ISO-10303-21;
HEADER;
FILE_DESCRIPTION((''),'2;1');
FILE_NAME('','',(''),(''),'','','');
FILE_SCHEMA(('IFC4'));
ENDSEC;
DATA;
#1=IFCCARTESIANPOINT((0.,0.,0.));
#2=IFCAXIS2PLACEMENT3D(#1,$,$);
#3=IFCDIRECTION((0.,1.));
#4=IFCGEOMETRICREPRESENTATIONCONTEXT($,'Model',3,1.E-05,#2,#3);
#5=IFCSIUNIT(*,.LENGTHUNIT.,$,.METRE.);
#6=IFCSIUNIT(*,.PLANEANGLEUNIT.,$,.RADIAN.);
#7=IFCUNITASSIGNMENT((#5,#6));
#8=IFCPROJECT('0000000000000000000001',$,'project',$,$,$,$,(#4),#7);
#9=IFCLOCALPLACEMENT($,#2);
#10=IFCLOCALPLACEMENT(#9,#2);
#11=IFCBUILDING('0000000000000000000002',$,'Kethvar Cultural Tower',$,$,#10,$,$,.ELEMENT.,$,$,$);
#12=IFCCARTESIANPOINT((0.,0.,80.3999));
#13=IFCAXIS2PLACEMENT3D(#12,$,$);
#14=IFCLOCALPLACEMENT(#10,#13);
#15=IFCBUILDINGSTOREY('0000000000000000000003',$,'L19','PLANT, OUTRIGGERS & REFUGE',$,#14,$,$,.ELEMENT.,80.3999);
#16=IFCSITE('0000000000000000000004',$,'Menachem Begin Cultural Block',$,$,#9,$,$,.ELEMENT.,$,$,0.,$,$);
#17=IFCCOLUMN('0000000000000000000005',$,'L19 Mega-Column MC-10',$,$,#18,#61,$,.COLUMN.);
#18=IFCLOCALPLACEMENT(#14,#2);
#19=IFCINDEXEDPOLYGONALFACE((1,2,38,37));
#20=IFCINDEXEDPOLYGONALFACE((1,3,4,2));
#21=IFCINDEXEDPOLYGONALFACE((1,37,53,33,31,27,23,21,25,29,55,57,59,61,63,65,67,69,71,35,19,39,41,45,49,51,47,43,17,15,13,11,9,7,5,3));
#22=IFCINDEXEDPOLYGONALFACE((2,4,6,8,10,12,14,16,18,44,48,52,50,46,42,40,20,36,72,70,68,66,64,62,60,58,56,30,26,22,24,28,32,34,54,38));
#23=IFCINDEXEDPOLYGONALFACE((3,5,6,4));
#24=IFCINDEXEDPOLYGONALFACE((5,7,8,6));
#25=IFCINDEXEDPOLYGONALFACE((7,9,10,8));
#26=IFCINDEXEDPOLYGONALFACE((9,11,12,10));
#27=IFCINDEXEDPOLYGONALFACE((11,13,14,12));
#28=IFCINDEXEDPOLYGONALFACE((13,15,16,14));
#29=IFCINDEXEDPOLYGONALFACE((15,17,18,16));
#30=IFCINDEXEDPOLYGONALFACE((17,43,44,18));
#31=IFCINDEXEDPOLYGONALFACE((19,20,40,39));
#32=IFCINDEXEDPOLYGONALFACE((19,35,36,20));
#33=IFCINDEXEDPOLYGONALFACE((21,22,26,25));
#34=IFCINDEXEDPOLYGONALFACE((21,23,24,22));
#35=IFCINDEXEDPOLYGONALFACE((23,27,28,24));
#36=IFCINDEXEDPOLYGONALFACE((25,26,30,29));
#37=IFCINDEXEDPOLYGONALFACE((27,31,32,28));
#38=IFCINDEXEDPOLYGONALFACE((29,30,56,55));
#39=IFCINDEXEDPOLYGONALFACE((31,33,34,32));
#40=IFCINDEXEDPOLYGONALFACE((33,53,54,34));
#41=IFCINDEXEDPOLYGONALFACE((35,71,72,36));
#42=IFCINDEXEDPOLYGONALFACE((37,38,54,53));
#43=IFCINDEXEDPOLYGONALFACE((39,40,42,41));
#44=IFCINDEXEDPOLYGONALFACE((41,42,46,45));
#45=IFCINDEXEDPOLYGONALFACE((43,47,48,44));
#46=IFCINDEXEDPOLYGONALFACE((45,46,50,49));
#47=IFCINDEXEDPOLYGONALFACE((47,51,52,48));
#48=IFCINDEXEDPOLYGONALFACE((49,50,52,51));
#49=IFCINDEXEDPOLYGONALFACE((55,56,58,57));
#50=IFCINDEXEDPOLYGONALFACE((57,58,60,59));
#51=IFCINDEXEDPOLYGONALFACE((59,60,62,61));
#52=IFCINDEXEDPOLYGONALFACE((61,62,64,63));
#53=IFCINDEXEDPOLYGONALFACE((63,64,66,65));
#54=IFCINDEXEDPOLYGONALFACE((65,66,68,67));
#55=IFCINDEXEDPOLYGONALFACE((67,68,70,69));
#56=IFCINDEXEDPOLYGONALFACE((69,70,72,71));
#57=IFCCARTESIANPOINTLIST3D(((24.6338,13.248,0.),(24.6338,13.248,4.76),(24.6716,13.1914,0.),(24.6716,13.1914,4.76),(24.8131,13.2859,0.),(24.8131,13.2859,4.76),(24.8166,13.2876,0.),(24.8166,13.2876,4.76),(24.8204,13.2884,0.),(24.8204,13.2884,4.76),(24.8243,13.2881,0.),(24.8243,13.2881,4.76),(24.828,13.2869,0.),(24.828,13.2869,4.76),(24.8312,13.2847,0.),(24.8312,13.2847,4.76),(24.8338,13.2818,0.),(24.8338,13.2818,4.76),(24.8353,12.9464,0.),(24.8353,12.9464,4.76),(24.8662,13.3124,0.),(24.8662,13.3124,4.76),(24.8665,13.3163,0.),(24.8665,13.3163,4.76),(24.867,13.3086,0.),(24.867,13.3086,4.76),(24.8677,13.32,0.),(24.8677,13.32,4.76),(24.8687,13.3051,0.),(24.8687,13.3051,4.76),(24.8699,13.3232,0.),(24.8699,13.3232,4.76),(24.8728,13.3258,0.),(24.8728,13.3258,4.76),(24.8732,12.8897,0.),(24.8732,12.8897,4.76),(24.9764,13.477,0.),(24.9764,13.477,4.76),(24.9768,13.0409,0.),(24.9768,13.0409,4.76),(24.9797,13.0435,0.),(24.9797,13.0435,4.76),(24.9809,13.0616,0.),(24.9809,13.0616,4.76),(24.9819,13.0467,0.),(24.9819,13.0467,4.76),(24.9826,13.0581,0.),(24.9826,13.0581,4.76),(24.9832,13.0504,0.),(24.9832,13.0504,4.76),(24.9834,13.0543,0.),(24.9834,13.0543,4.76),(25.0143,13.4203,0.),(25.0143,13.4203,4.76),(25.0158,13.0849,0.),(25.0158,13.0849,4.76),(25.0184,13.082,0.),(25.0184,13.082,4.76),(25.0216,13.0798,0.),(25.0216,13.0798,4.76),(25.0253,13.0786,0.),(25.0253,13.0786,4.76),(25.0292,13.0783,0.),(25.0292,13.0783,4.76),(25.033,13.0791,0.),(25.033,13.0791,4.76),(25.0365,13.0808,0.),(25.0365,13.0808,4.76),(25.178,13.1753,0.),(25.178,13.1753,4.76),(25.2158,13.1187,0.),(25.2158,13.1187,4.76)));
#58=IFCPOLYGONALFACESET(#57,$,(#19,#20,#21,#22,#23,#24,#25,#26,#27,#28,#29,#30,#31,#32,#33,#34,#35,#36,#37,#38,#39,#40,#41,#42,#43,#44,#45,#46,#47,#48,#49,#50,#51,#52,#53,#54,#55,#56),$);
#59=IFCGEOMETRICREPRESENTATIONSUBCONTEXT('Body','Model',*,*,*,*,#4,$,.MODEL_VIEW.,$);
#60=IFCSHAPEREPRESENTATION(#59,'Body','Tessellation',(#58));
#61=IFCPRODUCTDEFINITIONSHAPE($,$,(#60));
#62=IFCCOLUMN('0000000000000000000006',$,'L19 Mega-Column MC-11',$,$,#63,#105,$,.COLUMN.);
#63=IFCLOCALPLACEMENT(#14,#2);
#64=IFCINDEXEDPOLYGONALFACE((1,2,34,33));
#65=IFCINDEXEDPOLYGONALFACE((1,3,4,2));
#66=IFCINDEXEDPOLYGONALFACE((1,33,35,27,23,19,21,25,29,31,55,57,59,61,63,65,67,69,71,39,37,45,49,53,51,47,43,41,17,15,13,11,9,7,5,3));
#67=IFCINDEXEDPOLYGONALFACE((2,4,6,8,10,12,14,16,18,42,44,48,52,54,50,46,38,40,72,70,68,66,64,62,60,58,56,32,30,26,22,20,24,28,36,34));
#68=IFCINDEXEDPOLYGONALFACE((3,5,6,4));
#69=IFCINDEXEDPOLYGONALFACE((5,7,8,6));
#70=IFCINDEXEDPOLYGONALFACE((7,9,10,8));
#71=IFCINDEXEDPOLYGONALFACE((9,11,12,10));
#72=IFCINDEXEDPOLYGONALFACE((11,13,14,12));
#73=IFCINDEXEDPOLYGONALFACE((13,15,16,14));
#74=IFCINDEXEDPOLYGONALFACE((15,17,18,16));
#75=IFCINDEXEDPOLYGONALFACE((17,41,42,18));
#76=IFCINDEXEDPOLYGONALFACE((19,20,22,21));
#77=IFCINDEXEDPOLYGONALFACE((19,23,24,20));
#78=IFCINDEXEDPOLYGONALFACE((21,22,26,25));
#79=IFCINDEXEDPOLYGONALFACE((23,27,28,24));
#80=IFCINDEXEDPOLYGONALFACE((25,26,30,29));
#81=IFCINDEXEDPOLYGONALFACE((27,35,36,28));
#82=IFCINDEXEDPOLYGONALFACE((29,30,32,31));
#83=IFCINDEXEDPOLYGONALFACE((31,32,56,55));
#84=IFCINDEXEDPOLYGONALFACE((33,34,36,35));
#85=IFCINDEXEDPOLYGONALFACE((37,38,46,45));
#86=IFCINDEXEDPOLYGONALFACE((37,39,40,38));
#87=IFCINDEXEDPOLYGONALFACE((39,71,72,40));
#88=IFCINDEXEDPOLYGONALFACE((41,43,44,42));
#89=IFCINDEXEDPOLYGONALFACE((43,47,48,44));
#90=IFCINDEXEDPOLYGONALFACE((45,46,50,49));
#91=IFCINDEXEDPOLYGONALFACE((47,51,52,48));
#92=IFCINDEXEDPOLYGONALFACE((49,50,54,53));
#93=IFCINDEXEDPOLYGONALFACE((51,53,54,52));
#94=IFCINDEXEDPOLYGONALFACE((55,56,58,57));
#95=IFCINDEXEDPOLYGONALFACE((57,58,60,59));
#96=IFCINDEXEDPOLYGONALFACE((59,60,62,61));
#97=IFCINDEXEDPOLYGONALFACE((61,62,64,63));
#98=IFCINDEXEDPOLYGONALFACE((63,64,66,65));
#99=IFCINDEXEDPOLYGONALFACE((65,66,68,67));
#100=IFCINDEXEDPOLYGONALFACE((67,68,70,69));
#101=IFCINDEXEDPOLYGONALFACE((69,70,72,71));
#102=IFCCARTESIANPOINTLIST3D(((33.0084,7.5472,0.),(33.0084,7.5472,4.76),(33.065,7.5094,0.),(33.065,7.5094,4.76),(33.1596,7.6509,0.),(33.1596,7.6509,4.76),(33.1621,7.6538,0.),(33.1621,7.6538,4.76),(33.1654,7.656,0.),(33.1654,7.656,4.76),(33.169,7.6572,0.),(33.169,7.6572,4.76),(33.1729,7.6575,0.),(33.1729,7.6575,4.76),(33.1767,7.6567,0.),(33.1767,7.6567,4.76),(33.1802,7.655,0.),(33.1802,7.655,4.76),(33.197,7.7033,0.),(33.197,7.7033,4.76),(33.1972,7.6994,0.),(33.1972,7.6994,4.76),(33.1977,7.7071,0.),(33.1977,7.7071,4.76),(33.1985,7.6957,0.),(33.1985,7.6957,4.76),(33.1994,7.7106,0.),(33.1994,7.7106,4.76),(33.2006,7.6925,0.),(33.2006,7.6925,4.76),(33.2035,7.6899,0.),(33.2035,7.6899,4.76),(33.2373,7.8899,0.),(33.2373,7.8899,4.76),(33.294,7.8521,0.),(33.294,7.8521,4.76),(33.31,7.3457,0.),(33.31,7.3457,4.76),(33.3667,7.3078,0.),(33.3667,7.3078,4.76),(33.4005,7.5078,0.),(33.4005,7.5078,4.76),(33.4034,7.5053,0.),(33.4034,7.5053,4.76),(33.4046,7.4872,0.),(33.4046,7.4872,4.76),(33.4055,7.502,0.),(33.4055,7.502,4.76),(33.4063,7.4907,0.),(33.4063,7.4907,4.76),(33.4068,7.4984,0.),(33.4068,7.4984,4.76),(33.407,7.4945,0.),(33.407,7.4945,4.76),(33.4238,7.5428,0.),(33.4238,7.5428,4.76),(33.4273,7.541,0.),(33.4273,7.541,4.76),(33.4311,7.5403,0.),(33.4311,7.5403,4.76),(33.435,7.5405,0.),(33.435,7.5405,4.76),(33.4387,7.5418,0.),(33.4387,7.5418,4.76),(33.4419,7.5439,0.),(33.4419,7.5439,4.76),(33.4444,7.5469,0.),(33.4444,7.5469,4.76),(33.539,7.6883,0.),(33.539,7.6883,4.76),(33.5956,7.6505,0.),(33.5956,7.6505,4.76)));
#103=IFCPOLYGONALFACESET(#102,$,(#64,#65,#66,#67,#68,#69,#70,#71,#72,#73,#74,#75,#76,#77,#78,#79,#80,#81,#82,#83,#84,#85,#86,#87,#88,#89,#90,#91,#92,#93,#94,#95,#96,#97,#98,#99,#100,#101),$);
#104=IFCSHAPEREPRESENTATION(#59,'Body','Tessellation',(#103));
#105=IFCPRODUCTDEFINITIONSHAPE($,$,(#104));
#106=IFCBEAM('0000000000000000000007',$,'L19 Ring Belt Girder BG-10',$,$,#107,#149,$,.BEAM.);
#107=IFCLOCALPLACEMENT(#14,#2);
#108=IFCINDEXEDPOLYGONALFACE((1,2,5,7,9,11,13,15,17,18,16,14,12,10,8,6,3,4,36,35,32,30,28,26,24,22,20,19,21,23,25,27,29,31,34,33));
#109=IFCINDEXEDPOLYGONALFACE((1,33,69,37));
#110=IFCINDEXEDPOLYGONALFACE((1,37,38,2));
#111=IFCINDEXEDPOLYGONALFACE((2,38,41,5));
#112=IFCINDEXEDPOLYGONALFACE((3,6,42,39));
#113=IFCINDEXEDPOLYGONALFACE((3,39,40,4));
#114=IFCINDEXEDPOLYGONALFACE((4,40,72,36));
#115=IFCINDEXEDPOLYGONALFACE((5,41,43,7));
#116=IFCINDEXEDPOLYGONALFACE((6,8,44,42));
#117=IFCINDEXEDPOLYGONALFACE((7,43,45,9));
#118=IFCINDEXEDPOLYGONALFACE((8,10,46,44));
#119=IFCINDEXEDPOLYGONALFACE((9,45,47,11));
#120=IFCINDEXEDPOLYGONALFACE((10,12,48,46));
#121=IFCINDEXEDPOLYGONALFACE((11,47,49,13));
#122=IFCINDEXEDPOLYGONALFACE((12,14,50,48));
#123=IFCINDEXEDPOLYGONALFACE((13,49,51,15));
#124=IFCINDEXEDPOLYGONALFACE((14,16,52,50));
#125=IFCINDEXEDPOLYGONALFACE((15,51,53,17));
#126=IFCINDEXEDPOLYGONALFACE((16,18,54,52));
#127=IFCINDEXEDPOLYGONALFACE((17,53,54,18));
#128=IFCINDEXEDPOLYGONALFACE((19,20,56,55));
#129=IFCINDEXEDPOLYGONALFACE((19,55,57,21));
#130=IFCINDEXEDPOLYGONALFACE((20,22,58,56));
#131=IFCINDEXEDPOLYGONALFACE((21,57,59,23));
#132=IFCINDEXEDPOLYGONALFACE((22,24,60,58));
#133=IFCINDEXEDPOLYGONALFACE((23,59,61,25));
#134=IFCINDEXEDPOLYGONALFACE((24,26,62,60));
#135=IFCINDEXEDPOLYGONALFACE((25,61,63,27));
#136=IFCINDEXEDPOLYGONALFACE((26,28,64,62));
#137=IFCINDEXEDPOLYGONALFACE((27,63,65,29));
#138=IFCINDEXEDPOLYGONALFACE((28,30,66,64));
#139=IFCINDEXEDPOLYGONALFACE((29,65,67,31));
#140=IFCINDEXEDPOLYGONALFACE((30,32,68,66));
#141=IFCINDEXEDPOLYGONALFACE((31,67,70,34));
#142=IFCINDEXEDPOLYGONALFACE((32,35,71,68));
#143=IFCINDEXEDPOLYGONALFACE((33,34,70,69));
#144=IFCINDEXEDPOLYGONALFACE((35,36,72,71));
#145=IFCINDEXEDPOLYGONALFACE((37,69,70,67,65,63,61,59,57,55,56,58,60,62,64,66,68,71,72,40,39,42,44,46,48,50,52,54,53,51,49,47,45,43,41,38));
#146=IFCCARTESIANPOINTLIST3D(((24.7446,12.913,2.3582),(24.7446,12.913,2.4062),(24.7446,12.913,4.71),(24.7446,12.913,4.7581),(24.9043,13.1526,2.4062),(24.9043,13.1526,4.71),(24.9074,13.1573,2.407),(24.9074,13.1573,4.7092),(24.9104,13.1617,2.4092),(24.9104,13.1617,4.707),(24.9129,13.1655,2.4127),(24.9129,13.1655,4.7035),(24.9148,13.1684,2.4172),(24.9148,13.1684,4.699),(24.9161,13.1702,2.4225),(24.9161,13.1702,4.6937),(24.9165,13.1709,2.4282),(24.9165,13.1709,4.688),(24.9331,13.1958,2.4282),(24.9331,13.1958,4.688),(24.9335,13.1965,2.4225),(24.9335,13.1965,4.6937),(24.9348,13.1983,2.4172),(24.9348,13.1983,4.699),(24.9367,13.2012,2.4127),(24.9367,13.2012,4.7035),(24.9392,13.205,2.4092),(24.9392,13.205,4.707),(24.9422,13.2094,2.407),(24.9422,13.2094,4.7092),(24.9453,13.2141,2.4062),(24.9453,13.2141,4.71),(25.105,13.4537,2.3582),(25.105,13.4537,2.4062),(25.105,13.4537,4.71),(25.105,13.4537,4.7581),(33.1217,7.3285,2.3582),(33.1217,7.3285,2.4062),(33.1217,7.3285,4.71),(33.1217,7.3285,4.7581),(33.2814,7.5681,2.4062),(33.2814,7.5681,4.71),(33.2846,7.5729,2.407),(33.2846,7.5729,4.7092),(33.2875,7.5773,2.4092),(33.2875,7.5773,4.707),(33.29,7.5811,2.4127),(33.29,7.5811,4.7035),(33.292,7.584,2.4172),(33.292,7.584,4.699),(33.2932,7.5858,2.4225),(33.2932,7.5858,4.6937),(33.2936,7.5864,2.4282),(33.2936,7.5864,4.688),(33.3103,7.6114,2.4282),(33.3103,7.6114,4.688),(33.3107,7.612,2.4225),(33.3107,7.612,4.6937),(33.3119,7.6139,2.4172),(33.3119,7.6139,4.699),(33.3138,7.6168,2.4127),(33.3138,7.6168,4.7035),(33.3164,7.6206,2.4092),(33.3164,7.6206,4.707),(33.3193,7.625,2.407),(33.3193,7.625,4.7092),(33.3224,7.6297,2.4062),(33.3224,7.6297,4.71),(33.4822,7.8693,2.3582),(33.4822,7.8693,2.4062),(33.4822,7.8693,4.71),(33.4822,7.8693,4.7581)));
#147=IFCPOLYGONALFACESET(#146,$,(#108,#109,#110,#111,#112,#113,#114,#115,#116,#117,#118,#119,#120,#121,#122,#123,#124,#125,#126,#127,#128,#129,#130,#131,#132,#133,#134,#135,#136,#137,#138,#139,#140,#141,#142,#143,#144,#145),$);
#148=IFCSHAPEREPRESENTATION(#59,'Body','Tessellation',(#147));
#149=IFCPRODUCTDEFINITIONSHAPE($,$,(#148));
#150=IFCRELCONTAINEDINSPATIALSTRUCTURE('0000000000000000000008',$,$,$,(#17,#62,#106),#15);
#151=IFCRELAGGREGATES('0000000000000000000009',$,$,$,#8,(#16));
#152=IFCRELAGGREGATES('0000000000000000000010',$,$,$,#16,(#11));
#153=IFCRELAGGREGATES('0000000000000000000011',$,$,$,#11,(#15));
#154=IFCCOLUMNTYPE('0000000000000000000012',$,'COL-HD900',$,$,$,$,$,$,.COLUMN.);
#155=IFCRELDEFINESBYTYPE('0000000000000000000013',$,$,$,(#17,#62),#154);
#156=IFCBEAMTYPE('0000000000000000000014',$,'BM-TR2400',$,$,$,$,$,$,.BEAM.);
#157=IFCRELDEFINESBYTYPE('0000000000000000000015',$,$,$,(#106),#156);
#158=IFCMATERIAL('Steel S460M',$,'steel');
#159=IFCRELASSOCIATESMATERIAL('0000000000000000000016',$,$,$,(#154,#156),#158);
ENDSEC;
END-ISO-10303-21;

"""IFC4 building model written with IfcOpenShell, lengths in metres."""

from ifc_helpers import new_model, si_unit, direction, frame, origin, origin_2d, place, context, subcontext, project, spatial, i_section, extrude, source, transform, mapped, material, material_profile, profile_set, type_object, element, save


model = new_model("IFC4")

# Units and contexts
model_context = context("Model", 3, precision=1e-05, world=origin(), true_north=direction((0.0, 1.0)))
body_context = subcontext(model_context, "Body", "Model", "MODEL_VIEW")
ifc_project = project(units=[si_unit("LENGTHUNIT", "METRE"), si_unit("PLANEANGLEUNIT", "RADIAN")], contexts=[model_context])

# Site, building, storey
site_placement = place(None, origin())
site = spatial("IfcSite", under=ifc_project, at=site_placement, Name="Menachem Begin Cultural Block", CompositionType="ELEMENT", RefElevation=0.0)
building_placement = place(site_placement, origin())
building = spatial("IfcBuilding", under=site, at=building_placement, Name="Kethvar Cultural Tower", CompositionType="ELEMENT")
storey_placement = place(building_placement, frame((0.0, 0.0, 80.3999)))
storey = spatial("IfcBuildingStorey", under=building, at=storey_placement, Name="L19", Description="PLANT, OUTRIGGERS & REFUGE", CompositionType="ELEMENT", Elevation=80.3999)

# Columns
ifc_material_1 = material(Name="Steel S460M", Category="steel")
ifc_material_profile_1 = material_profile(ifc_material_1, i_section(OverallWidth=0.4121, OverallDepth=0.4309, WebThickness=0.042, FlangeThickness=0.0681, FilletRadius=0.0149, at=origin_2d()), Name="Steel S460M — HD400x900")
ifc_profile_set_1 = profile_set([ifc_material_profile_1], Name="Steel S460M — HD400x900")
column_type = type_object("IfcColumnType", Name="COL-HD900", PredefinedType="COLUMN", material=ifc_profile_set_1)
shared_shape_1 = source(origin(), body_context, "Body", "SweptSolid", [
    extrude(i_section(OverallWidth=0.4121, OverallDepth=0.4309, WebThickness=0.042, FlangeThickness=0.0681, FilletRadius=0.0149, at=origin_2d()), origin(), (0.0, 0.0, 1.0), 4.76),
])
for number, where, z_axis, x_axis, name in (
    (1, (24.9248, 13.1833, 0.0), (0.0, 0.0, 1.0), (-0.83147, -0.55557, 0.0), "L19 Mega-Column MC-10"),
    (2, (33.302, 7.5989, 0.0), (0.0, 0.0, 1.0), (-0.55557, -0.83147, 0.0), "L19 Mega-Column MC-11"),
):
    element("IfcColumn", number, at=place(storey_placement, frame(where, z_axis=z_axis, x_axis=x_axis)), inside=storey, type_object=column_type, Name=name, PredefinedType="COLUMN", context=body_context, shape_type="MappedRepresentation", body=[
        mapped(shared_shape_1, transform((0.0, 0.0, 0.0), scale=1.0)),
    ])

# Beam
ifc_material_profile_2 = material_profile(ifc_material_1, i_section(OverallWidth=0.6499, OverallDepth=2.3999, WebThickness=0.03, FlangeThickness=0.0481, FilletRadius=0.022, at=origin_2d()), Name="Steel S460M — PG2400x650x48x30")
ifc_profile_set_2 = profile_set([ifc_material_profile_2], Name="Steel S460M — PG2400x650x48x30")
beam_type = type_object("IfcBeamType", Name="BM-TR2400", PredefinedType="BEAM", material=ifc_profile_set_2)
shared_shape_2 = source(origin(), body_context, "Body", "SweptSolid", [
    extrude(i_section(OverallWidth=0.6499, OverallDepth=2.3999, WebThickness=0.03, FlangeThickness=0.0481, FilletRadius=0.022, at=origin_2d()), origin(), (0.0, 0.0, 1.0), 10.0679),
])
beam_1_placement = place(storey_placement, frame((24.9248, 13.1833, 3.5581), z_axis=(0.832065, -0.554678, 0.0), x_axis=(0.554678, 0.832065, 0.0)))
element("IfcBeam", 3, at=beam_1_placement, inside=storey, type_object=beam_type, Name="L19 Ring Belt Girder BG-10", PredefinedType="BEAM", context=body_context, shape_type="MappedRepresentation", body=[
    mapped(shared_shape_2, transform((0.0, 0.0, 0.0), scale=1.0)),
])

save(model, "model.ifc")
